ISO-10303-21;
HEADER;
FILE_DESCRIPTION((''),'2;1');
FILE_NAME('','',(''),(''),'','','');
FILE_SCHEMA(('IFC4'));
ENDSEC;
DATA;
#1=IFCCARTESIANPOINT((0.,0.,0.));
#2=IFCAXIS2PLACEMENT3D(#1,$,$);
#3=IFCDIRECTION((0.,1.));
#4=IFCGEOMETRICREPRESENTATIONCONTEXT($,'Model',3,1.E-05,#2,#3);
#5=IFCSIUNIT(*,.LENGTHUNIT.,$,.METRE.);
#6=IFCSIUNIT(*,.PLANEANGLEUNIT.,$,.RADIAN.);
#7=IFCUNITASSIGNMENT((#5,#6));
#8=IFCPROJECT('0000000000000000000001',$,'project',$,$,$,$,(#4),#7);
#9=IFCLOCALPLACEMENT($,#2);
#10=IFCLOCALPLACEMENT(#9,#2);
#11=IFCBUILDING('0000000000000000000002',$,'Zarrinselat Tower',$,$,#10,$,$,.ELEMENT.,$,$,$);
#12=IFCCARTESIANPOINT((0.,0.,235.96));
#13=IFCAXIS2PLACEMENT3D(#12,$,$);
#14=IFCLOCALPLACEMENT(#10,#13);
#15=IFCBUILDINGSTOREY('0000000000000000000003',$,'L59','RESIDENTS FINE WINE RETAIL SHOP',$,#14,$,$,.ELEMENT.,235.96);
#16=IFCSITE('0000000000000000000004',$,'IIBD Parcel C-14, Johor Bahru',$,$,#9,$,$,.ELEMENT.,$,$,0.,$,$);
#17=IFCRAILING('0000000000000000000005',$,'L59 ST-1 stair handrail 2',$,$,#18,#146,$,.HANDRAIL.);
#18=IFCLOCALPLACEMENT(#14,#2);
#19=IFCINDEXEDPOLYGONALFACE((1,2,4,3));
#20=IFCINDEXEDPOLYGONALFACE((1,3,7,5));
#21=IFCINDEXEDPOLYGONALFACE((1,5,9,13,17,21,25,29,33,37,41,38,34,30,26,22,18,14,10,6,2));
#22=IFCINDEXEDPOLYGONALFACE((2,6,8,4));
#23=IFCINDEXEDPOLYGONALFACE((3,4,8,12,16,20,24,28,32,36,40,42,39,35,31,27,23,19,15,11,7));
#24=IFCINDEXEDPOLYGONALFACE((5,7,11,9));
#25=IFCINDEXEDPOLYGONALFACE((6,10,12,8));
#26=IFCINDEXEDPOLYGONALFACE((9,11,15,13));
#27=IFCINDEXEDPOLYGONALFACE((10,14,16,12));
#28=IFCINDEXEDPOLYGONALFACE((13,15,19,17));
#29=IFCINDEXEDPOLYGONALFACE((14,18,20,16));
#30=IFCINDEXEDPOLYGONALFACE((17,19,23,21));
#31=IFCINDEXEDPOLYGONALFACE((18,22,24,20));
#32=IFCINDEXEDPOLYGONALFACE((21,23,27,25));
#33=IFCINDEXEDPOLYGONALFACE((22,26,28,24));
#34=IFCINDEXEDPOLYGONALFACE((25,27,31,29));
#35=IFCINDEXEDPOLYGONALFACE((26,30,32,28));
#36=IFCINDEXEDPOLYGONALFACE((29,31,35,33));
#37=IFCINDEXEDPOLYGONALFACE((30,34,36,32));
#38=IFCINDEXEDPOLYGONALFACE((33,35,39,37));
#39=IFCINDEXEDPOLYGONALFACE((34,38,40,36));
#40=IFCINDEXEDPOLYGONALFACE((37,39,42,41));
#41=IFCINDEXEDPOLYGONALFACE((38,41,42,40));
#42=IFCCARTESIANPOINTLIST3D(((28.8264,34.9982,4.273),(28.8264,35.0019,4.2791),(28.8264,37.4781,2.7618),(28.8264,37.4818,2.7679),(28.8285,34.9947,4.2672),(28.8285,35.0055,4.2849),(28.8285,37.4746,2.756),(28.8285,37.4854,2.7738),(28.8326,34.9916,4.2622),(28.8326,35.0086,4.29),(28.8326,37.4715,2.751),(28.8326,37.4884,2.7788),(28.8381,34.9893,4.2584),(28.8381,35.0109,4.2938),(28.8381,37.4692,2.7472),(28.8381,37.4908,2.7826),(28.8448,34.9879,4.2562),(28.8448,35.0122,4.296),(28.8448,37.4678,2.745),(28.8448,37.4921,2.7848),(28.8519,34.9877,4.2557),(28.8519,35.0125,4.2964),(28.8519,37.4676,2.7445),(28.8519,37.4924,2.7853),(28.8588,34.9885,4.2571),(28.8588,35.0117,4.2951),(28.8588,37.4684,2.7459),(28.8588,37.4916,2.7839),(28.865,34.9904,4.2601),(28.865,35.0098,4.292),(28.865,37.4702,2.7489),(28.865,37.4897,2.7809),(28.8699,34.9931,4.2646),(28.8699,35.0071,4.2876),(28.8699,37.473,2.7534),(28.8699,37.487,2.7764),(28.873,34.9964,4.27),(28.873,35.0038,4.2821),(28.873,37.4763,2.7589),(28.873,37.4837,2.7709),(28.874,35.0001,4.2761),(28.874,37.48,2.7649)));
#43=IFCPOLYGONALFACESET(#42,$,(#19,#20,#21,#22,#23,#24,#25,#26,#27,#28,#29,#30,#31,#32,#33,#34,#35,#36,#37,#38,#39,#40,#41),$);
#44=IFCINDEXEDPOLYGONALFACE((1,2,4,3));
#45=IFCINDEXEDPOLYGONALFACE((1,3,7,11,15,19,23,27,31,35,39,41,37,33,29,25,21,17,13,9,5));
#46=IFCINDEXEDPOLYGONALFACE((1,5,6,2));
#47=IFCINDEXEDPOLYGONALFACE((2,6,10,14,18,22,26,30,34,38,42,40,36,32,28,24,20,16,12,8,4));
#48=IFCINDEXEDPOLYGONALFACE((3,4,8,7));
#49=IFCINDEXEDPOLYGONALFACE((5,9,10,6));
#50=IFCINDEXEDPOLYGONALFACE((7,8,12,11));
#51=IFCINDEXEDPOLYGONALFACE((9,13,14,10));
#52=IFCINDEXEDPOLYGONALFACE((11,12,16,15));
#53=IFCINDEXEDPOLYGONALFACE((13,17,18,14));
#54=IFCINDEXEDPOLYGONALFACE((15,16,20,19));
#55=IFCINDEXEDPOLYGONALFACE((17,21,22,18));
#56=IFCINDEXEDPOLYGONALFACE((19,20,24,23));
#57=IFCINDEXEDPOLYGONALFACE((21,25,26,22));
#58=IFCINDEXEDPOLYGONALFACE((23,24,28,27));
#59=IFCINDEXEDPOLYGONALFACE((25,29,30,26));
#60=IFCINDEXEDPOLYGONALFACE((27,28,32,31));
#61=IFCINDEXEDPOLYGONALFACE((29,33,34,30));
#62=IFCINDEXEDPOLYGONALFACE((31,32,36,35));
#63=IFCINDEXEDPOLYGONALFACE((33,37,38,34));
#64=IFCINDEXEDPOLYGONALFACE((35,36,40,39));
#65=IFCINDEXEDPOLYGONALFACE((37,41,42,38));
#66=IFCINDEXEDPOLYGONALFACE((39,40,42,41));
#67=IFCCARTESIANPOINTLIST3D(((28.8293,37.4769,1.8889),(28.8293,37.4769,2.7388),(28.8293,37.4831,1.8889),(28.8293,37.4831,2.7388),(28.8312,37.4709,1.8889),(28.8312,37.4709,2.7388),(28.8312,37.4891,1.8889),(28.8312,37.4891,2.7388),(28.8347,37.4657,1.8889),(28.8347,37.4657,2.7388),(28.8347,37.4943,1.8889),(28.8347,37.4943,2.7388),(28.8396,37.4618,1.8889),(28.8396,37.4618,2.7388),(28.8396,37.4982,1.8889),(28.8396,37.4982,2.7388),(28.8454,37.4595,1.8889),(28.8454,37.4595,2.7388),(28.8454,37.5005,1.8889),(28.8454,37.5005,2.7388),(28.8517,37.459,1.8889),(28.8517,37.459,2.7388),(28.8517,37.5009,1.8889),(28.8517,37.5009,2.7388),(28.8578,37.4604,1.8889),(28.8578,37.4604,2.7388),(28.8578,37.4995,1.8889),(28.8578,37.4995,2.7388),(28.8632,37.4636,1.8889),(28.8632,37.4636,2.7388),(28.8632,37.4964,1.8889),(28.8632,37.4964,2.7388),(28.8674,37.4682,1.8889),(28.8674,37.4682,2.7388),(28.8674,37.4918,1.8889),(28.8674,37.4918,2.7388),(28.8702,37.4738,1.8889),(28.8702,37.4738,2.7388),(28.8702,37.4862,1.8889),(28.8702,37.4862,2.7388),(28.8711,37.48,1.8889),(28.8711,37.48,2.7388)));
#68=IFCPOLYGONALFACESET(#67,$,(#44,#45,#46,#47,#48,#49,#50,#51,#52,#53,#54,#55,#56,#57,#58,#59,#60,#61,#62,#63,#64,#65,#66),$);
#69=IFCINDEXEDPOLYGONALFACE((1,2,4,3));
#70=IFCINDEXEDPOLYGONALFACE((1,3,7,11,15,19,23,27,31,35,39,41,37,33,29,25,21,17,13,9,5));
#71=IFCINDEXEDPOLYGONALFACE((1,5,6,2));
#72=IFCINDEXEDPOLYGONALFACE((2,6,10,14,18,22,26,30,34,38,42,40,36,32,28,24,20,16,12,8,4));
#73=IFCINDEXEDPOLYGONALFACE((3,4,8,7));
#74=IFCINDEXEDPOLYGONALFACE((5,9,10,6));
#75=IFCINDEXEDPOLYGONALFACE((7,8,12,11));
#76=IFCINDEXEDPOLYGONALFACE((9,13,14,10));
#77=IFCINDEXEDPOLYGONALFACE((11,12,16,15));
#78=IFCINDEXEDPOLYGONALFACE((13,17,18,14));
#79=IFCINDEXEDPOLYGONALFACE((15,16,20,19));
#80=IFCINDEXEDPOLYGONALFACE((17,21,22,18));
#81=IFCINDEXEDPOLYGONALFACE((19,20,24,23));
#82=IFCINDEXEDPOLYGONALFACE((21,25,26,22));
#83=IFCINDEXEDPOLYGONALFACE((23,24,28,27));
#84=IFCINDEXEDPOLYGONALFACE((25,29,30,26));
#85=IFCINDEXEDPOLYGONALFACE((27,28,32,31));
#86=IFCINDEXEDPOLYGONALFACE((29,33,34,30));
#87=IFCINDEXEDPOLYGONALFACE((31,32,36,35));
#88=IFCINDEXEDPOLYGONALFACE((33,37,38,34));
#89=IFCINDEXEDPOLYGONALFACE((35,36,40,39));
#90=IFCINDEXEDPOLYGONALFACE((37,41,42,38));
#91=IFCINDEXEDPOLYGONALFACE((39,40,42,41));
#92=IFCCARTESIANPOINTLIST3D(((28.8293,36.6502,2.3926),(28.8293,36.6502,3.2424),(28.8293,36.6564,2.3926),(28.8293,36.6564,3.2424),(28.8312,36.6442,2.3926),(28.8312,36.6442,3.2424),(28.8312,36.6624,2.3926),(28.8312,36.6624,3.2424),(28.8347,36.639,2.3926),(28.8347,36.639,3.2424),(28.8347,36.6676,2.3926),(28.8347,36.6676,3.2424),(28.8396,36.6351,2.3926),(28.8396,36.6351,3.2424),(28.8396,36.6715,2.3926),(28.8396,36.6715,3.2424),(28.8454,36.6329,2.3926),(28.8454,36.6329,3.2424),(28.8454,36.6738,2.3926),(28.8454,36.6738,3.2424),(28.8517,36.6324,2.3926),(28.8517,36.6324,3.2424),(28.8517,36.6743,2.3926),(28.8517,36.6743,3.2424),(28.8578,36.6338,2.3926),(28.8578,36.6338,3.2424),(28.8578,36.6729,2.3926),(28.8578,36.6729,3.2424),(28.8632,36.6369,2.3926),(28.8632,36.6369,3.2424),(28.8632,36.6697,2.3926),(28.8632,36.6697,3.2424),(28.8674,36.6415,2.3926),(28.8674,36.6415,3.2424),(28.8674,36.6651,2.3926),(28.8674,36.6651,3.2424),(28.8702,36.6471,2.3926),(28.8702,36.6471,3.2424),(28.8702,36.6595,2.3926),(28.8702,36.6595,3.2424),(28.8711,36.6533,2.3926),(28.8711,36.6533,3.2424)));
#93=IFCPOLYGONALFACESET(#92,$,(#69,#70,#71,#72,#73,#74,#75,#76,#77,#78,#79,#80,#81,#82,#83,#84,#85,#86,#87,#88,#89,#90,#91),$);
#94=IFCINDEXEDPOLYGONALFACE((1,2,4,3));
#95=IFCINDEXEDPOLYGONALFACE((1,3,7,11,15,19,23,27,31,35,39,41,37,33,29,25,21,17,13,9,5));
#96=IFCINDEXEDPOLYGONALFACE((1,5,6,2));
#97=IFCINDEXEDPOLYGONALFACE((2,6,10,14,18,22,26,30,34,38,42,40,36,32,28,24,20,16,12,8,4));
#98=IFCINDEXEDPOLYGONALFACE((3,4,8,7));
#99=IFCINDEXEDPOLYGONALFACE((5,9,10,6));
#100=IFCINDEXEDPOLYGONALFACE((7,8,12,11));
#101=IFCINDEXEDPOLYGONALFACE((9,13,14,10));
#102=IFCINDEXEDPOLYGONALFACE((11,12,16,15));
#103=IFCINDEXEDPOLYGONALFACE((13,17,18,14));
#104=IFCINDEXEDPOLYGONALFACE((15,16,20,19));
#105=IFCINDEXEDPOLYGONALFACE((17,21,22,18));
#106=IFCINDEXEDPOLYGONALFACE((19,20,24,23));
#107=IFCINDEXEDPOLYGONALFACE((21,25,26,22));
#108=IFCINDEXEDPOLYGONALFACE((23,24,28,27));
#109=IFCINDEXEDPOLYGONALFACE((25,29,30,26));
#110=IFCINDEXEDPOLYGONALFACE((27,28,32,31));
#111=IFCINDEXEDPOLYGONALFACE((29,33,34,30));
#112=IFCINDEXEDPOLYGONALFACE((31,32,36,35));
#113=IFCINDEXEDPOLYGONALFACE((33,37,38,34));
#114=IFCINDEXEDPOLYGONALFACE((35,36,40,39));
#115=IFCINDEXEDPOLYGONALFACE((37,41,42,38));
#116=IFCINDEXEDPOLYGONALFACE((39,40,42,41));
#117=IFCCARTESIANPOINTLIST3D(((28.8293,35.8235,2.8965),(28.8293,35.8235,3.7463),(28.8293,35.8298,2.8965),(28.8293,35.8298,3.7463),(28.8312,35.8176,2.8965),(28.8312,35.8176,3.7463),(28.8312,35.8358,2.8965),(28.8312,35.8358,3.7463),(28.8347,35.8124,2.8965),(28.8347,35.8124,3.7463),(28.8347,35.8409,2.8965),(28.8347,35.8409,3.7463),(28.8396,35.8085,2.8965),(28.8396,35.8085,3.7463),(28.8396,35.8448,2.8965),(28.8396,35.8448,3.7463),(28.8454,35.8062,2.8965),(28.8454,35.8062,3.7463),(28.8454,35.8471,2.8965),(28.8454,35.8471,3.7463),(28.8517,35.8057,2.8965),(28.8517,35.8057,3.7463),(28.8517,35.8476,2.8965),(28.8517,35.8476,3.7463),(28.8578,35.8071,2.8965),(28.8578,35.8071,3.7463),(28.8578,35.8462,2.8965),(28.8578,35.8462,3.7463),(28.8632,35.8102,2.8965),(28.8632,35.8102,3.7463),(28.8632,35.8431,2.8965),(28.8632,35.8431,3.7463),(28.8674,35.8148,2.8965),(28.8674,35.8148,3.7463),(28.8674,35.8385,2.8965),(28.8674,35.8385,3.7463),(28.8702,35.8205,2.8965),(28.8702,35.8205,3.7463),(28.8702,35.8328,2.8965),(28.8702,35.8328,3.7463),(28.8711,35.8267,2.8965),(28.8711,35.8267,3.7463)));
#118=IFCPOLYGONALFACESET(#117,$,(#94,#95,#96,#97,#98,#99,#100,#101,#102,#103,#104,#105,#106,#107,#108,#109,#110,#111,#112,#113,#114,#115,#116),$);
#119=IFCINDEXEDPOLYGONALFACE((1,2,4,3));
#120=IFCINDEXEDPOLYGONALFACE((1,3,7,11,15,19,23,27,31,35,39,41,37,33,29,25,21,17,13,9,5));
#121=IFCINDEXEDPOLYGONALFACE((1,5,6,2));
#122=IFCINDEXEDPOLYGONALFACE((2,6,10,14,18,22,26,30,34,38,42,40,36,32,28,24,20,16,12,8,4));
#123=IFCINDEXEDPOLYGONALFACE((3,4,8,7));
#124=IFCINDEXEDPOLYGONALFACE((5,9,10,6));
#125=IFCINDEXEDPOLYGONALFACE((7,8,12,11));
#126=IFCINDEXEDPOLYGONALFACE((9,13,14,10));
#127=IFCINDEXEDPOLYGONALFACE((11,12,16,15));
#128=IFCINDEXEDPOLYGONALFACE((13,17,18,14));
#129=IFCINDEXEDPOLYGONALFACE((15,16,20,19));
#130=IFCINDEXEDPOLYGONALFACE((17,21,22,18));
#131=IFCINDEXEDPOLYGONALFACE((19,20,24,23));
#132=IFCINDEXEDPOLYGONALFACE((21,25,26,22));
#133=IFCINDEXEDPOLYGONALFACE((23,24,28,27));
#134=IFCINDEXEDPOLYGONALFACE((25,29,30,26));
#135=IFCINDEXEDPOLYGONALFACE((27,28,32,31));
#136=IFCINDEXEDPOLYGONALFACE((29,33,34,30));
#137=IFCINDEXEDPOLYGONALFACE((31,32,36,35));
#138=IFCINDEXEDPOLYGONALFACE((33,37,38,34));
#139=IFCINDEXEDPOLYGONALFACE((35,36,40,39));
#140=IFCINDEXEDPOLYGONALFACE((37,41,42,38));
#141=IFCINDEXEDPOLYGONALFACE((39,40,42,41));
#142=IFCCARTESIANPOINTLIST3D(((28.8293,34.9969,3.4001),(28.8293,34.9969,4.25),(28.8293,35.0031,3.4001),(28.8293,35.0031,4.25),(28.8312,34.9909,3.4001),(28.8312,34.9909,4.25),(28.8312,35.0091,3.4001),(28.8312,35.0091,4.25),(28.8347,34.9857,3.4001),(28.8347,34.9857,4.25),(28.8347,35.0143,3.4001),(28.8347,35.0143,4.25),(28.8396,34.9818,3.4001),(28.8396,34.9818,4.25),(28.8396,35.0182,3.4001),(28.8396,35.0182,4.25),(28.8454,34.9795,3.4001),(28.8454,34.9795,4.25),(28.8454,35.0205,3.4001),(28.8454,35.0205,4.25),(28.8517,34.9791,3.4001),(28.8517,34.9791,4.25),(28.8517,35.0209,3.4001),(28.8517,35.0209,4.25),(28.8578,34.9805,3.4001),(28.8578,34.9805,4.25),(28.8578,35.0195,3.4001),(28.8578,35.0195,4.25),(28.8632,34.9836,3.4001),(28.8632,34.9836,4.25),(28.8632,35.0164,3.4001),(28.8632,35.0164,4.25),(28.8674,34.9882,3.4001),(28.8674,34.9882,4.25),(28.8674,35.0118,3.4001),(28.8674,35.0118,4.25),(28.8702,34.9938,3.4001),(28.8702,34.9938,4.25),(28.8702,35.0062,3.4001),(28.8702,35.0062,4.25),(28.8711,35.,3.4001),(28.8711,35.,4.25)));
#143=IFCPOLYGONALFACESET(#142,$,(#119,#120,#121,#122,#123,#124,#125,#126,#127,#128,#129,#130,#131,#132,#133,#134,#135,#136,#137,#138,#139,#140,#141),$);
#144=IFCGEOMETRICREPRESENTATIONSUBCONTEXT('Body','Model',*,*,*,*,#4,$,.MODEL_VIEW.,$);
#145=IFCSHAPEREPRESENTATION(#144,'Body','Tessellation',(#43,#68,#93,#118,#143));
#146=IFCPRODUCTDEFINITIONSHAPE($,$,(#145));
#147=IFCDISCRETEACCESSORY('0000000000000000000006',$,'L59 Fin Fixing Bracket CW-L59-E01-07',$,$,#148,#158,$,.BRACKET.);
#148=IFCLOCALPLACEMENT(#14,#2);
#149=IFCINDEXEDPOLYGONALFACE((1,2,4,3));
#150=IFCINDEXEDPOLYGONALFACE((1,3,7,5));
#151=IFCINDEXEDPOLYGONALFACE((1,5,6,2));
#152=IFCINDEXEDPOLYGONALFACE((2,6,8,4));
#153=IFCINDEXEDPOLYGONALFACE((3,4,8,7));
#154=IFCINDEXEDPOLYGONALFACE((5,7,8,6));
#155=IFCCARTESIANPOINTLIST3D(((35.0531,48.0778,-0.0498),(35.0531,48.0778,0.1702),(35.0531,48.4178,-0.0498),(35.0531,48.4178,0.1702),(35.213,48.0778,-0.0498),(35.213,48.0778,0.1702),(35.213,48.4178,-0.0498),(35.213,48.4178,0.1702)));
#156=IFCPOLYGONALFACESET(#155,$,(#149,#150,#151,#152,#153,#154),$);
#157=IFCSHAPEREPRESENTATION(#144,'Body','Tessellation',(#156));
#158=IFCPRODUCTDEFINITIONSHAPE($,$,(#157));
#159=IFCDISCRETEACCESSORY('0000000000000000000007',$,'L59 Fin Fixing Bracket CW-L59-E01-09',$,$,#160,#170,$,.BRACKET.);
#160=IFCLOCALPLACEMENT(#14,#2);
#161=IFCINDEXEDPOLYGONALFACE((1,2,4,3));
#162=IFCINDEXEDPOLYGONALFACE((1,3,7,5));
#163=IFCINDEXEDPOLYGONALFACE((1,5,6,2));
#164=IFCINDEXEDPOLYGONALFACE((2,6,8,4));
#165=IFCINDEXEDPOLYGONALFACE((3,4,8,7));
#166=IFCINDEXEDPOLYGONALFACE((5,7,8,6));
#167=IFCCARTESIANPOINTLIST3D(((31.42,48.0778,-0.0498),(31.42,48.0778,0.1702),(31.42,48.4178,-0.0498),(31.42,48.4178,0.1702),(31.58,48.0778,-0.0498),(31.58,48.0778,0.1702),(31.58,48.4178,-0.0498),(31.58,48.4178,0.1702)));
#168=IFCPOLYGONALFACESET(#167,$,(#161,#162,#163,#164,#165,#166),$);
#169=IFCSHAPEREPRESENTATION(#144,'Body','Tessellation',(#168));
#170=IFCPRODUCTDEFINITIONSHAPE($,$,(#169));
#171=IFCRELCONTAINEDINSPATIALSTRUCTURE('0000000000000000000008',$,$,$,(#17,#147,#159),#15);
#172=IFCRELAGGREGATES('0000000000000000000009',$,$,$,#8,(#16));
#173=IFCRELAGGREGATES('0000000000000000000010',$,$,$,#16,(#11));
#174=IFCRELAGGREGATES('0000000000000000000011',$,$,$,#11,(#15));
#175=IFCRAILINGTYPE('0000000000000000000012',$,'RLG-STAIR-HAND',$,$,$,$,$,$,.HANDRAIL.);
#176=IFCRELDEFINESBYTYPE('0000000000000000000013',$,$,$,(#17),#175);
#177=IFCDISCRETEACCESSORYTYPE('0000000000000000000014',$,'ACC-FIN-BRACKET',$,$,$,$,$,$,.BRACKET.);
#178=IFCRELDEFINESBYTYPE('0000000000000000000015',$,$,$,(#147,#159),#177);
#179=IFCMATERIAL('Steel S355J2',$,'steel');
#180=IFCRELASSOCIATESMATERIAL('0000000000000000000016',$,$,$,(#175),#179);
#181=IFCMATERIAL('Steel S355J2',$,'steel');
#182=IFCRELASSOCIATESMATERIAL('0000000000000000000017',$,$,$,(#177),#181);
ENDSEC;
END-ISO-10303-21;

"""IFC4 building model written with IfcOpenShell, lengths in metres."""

from ifc_helpers import new_model, si_unit, direction, frame, origin, origin_2d, place, context, subcontext, project, spatial, rectangle, circle, extrude, material, type_object, element, save


model = new_model("IFC4")

# Units and contexts
model_context = context("Model", 3, precision=1e-05, world=origin(), true_north=direction((0.0, 1.0)))
body_context = subcontext(model_context, "Body", "Model", "MODEL_VIEW")
ifc_project = project(units=[si_unit("LENGTHUNIT", "METRE"), si_unit("PLANEANGLEUNIT", "RADIAN")], contexts=[model_context])

# Site, building, storey
site_placement = place(None, origin())
site = spatial("IfcSite", under=ifc_project, at=site_placement, Name="IIBD Parcel C-14, Johor Bahru", CompositionType="ELEMENT", RefElevation=0.0)
building_placement = place(site_placement, origin())
building = spatial("IfcBuilding", under=site, at=building_placement, Name="Zarrinselat Tower", CompositionType="ELEMENT")
storey_placement = place(building_placement, frame((0.0, 0.0, 235.96)))
storey = spatial("IfcBuildingStorey", under=building, at=storey_placement, Name="L59", Description="RESIDENTS FINE WINE RETAIL SHOP", CompositionType="ELEMENT", Elevation=235.96)

# Railing
ifc_material_1 = material(Name="Steel S355J2", Category="steel")
railing_type_1 = type_object("IfcRailingType", Name="RLG-STAIR-HAND", PredefinedType="HANDRAIL", material=ifc_material_1)
railing_1_placement = place(storey_placement, frame((28.8501, 37.48, 1.8889)))
element("IfcRailing", 1, at=railing_1_placement, inside=storey, type_object=railing_type_1, Name="L59 ST-1 stair handrail 2", PredefinedType="HANDRAIL", context=body_context, shape_type="SweptSolid", body=[
    extrude(circle(Radius=0.0239, at=origin_2d()), frame((0.0, 0.0, 0.876), z_axis=(0.0, -0.853942, 0.520368), x_axis=(1.0, 0.0, 0.0)), (0.0, 0.0, 1.0), 2.9041),
    extrude(circle(Radius=0.021, at=origin_2d()), origin(), (0.0, 0.0, 1.0), 0.8499),
    extrude(circle(Radius=0.021, at=origin_2d()), frame((0.0, -0.8267, 0.5037)), (0.0, 0.0, 1.0), 0.8499),
    extrude(circle(Radius=0.021, at=origin_2d()), frame((0.0, -1.6533, 1.0076)), (0.0, 0.0, 1.0), 0.8499),
    extrude(circle(Radius=0.021, at=origin_2d()), frame((0.0, -2.48, 1.5112)), (0.0, 0.0, 1.0), 0.8499),
])

# Discrete accessories
ifc_material_2 = material(Name="Steel S355J2", Category="steel")
discrete_accessory_type = type_object("IfcDiscreteAccessoryType", Name="ACC-FIN-BRACKET", PredefinedType="BRACKET", material=ifc_material_2)
for number, where, z_axis, x_axis, name in (
    (2, (35.1331, 48.2478, -0.0498), (0.0, 0.0, 1.0), (0.0, 1.0, 0.0), "L59 Fin Fixing Bracket CW-L59-E01-07"),
    (3, (31.5, 48.2478, -0.0498), (0.0, 0.0, 1.0), (0.0, 1.0, 0.0), "L59 Fin Fixing Bracket CW-L59-E01-09"),
):
    element("IfcDiscreteAccessory", number, at=place(storey_placement, frame(where, z_axis=z_axis, x_axis=x_axis)), inside=storey, type_object=discrete_accessory_type, Name=name, PredefinedType="BRACKET", context=body_context, shape_type="SweptSolid", body=[
        extrude(rectangle(XDim=0.3401, YDim=0.1599, at=origin_2d()), origin(), (0.0, 0.0, 1.0), 0.22),
    ])

save(model, "model.ifc")
